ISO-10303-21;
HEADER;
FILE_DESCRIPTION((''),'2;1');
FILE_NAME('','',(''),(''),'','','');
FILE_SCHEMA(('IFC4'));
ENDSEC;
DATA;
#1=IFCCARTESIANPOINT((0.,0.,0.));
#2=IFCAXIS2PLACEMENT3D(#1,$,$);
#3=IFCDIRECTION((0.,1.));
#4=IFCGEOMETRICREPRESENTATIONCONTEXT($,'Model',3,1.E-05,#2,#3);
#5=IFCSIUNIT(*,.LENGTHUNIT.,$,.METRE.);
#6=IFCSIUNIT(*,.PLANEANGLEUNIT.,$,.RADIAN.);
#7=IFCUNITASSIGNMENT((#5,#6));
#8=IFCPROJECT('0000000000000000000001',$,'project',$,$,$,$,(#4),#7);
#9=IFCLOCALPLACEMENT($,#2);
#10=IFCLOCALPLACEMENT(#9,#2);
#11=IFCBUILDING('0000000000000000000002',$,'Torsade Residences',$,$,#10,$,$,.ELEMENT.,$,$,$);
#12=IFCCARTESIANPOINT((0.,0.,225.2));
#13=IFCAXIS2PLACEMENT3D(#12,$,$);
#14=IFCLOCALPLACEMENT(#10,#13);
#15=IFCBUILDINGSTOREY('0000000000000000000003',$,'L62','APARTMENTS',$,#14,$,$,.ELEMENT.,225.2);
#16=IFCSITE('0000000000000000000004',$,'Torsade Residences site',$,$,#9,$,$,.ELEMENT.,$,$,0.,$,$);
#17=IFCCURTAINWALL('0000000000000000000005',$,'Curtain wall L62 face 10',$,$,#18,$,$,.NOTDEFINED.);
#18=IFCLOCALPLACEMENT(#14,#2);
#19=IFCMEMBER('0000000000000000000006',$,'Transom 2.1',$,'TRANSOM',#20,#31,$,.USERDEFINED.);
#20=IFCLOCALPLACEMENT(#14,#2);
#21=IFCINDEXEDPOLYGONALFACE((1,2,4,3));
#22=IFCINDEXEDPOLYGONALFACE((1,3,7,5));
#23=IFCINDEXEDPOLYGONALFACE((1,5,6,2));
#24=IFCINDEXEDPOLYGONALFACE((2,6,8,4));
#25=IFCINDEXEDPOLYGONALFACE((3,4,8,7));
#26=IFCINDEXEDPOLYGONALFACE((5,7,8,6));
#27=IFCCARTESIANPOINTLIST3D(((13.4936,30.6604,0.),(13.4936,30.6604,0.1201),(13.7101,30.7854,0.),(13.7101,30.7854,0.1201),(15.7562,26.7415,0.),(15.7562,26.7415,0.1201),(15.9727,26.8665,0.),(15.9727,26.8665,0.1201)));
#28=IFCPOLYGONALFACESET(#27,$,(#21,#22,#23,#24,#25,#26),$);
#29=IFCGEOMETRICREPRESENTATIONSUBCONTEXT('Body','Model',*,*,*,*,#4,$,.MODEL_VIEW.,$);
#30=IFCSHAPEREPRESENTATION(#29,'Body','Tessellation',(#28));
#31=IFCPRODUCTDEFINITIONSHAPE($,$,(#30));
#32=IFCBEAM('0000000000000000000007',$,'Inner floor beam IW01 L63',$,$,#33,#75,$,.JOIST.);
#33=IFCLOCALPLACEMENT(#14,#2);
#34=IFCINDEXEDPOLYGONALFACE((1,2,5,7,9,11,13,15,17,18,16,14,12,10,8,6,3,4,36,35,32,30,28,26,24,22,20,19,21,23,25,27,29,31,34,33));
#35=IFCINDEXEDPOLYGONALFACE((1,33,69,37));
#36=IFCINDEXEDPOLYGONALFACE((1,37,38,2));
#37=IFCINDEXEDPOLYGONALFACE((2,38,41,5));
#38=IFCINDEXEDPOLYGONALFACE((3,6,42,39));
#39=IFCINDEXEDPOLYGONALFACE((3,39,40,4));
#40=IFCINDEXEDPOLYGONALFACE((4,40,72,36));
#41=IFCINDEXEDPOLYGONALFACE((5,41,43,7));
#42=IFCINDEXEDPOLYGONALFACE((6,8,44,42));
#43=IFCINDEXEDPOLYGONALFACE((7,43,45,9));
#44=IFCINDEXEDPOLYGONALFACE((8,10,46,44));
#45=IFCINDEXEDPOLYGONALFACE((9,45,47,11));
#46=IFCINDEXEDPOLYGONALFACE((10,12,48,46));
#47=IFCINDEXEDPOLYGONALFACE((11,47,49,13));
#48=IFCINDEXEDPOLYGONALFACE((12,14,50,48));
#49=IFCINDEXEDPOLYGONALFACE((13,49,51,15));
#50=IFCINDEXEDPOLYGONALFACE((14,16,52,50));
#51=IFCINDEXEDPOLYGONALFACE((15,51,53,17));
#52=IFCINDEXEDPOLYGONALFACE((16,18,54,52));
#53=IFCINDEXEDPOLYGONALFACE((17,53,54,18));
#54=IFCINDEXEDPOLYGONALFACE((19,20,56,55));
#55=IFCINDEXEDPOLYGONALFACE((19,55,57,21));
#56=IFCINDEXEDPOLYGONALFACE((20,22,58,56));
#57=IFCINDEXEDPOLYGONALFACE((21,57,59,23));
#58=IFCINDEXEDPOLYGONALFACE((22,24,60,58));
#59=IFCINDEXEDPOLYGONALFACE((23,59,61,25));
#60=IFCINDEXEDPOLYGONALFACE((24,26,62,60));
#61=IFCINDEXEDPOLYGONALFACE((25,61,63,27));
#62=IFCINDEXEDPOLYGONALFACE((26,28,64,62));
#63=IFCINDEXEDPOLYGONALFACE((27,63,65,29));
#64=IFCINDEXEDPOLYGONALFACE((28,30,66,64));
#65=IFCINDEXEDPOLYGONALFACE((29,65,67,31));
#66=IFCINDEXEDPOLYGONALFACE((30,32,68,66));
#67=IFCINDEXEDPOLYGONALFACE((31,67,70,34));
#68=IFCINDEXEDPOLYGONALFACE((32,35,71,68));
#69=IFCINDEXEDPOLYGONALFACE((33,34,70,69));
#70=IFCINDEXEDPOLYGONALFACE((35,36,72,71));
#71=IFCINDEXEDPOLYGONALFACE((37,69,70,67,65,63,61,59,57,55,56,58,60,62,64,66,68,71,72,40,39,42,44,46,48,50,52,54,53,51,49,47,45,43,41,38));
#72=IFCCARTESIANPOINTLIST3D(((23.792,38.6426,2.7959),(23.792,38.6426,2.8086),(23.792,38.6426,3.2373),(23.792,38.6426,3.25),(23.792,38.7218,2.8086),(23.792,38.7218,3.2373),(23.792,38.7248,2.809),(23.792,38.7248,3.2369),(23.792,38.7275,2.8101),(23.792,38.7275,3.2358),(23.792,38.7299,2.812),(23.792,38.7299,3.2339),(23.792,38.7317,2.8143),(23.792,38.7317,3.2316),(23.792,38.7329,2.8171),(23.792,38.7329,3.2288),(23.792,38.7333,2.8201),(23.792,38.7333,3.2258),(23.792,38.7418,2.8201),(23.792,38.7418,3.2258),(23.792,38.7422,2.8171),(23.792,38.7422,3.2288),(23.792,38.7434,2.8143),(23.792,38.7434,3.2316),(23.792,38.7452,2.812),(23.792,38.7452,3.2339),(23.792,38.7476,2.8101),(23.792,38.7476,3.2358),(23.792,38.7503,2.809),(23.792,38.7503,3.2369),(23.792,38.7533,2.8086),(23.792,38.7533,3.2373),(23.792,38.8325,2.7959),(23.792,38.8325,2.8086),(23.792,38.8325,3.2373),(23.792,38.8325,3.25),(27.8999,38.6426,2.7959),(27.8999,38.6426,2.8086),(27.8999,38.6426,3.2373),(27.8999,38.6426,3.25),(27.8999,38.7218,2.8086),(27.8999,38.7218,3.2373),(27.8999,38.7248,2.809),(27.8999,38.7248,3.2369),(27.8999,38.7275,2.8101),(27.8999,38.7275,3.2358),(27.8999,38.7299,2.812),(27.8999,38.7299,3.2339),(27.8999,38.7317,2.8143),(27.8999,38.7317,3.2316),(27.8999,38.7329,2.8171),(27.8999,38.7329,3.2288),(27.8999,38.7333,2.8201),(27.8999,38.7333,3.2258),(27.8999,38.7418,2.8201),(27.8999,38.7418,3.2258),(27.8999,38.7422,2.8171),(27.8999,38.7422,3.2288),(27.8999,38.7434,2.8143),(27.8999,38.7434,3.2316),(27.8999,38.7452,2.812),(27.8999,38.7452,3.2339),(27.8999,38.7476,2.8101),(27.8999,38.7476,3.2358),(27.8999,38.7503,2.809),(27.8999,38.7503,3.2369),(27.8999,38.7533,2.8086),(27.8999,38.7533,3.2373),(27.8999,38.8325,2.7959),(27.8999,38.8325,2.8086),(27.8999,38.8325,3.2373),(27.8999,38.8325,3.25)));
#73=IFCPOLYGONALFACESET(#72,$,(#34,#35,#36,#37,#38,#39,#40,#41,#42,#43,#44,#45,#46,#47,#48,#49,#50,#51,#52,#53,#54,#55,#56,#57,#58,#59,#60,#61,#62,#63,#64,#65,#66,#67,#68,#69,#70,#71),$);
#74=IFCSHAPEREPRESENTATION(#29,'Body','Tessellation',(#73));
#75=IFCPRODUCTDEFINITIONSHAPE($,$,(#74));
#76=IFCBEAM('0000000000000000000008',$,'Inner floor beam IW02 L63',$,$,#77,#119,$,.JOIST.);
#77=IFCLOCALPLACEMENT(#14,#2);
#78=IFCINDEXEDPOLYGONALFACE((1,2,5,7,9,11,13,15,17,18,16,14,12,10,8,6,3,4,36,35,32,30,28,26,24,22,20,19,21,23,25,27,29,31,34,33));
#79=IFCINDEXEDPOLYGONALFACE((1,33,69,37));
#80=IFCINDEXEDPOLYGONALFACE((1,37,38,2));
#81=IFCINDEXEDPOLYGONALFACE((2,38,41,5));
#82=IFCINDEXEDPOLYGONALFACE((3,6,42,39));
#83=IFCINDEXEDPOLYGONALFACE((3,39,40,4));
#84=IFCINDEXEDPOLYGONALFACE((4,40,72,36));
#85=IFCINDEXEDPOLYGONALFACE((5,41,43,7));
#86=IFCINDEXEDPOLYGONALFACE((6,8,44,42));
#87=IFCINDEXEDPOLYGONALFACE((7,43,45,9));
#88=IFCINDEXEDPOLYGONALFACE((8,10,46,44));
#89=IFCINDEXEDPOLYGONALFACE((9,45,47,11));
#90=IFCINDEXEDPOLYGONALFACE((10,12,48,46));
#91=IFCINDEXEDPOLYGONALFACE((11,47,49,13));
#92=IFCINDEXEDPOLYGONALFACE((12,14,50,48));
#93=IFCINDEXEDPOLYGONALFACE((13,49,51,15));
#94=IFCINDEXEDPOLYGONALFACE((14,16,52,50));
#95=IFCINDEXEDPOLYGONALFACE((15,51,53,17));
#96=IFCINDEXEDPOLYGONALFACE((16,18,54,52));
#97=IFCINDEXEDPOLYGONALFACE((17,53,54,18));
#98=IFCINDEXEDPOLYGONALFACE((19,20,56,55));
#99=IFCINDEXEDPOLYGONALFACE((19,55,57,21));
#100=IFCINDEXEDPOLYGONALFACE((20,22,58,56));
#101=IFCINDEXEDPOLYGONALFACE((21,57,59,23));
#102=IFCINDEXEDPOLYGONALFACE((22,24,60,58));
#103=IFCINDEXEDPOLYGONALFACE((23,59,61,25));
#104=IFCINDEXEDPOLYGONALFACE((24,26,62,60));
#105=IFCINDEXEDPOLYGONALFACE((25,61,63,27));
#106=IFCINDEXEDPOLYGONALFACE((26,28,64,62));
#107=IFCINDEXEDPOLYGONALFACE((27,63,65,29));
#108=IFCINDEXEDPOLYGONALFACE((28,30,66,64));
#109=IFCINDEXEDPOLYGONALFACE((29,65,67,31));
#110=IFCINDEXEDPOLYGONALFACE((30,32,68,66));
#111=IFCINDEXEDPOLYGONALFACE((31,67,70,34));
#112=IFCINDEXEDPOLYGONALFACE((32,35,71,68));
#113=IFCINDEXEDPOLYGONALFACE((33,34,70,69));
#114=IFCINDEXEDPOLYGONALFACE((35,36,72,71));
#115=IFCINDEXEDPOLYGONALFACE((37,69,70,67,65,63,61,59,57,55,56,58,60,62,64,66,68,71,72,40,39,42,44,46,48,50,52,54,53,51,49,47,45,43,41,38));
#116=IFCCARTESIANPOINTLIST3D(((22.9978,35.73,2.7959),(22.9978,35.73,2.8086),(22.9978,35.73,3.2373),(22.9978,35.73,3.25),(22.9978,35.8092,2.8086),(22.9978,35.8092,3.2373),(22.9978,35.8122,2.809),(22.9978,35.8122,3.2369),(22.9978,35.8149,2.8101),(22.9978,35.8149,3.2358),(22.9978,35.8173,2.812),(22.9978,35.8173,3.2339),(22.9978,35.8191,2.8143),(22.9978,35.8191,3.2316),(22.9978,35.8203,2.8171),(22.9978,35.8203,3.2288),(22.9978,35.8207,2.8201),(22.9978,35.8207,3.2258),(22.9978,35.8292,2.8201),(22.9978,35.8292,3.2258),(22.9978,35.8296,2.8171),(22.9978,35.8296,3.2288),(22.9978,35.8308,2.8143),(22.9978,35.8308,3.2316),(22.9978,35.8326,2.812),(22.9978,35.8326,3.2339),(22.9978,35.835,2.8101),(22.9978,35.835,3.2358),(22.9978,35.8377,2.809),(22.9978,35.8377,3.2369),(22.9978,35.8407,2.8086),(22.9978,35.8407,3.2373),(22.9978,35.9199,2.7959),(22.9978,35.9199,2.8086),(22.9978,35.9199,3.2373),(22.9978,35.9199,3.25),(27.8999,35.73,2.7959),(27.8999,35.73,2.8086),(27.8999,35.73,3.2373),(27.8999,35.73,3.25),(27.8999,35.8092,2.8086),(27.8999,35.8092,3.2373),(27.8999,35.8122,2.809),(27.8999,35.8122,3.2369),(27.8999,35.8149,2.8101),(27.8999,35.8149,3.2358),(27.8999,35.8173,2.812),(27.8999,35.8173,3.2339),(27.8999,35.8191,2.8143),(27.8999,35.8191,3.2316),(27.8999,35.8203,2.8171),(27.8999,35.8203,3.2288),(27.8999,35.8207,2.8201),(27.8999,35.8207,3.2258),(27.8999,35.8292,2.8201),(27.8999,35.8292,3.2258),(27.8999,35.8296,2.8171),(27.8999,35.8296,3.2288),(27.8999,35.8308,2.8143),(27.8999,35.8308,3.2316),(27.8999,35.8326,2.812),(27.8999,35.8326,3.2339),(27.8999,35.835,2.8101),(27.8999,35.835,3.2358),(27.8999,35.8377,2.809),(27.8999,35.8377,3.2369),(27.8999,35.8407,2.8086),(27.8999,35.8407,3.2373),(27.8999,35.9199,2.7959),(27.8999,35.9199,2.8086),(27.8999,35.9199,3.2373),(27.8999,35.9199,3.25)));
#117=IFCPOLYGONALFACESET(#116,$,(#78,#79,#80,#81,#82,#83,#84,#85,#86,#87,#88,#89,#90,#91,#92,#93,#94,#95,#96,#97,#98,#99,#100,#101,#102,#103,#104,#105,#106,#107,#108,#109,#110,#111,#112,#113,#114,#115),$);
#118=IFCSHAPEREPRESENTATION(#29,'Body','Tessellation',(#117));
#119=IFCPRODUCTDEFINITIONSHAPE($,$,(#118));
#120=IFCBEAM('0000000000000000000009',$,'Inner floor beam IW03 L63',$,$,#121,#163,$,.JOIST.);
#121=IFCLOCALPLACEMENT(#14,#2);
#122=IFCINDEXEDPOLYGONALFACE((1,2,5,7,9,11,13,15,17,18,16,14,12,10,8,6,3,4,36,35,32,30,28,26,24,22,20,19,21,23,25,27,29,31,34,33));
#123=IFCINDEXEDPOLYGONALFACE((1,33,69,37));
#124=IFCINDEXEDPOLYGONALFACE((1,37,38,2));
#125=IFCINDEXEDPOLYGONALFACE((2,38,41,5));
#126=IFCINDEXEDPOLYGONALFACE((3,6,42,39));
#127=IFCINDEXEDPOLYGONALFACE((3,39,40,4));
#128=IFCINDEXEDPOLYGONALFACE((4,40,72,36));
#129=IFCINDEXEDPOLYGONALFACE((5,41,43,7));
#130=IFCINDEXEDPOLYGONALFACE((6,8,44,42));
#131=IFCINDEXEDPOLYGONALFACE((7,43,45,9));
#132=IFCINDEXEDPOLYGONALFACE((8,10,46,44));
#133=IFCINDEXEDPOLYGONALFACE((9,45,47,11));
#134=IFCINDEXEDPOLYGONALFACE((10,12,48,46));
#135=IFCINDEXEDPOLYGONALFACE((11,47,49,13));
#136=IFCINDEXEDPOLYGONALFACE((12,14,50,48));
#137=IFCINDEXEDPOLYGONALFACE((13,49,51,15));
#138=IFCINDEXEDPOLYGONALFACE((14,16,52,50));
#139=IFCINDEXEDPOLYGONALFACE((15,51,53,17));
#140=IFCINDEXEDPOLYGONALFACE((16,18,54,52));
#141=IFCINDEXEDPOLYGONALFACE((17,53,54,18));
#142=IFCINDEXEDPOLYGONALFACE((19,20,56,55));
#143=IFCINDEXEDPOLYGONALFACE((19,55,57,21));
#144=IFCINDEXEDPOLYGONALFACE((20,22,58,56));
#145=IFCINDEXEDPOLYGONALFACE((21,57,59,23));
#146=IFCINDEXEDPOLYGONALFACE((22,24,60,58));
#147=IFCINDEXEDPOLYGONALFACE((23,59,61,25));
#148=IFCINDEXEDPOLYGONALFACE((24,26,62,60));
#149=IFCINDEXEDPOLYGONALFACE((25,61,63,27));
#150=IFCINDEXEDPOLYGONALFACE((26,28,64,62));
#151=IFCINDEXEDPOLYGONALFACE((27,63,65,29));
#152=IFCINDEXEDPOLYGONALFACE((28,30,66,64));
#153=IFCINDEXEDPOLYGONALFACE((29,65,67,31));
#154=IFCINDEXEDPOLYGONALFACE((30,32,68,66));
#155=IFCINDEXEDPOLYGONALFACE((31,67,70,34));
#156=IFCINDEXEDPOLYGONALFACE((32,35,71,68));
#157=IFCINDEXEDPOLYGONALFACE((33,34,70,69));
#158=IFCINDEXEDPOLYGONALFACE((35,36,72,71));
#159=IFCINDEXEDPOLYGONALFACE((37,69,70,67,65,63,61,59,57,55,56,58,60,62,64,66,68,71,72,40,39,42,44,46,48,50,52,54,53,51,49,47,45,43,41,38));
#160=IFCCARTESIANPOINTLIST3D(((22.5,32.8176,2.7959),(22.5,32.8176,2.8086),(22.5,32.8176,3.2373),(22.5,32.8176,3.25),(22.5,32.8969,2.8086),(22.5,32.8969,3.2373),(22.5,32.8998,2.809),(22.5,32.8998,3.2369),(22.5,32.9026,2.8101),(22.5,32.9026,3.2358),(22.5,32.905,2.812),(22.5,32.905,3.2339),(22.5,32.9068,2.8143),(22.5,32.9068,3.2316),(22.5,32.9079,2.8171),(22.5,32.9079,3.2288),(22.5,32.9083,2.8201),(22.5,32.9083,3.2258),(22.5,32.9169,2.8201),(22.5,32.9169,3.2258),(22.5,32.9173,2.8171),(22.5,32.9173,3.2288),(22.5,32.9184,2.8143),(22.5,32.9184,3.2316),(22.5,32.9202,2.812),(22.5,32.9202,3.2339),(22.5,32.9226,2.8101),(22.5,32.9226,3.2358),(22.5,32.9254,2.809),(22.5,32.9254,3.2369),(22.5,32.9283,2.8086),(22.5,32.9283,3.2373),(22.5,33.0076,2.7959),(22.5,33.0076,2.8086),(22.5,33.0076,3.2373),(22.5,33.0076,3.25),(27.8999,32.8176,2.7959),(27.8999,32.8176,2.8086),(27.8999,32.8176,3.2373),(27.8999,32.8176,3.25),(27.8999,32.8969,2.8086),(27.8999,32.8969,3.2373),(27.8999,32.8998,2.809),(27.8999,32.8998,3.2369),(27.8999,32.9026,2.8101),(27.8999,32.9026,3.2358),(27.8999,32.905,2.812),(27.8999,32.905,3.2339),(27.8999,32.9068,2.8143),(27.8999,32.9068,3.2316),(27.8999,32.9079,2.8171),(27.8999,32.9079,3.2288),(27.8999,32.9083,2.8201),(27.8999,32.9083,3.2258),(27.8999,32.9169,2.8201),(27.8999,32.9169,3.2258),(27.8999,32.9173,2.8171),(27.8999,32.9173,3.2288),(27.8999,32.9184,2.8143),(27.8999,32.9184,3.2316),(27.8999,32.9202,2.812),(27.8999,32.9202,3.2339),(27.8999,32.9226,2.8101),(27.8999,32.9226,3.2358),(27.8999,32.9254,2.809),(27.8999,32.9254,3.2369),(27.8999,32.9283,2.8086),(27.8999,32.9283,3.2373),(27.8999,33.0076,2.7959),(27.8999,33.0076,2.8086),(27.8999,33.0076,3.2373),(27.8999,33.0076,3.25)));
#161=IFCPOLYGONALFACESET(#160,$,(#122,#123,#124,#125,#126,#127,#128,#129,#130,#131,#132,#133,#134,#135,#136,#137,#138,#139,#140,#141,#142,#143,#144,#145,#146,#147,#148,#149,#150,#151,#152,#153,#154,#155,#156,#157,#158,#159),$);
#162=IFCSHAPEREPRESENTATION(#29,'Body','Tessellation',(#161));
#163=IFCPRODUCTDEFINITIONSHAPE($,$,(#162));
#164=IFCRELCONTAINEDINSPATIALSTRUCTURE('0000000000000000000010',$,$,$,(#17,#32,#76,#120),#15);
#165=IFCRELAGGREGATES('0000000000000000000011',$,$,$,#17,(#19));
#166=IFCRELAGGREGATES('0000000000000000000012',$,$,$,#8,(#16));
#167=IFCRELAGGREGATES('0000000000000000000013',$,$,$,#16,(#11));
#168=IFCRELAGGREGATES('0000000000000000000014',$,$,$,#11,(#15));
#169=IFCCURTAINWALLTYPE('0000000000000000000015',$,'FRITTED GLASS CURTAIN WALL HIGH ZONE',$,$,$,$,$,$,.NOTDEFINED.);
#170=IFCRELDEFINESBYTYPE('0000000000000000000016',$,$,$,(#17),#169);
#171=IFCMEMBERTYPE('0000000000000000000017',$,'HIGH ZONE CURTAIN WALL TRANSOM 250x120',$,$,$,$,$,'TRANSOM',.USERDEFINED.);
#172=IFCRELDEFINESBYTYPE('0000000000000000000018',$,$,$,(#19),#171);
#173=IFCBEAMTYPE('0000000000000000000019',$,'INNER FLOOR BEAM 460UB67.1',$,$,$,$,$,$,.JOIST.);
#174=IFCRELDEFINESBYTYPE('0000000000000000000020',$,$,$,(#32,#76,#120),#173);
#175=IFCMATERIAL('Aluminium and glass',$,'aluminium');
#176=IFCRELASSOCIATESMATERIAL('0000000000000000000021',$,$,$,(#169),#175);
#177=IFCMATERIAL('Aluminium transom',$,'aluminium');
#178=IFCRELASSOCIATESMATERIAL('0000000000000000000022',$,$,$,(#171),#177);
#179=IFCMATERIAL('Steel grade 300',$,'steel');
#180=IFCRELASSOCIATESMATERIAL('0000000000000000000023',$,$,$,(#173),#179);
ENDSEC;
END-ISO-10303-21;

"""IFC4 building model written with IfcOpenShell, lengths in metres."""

from ifc_helpers import new_model, si_unit, direction, frame, origin, origin_2d, place, context, subcontext, project, spatial, rectangle, i_section, extrude, material, material_profile, profile_set, type_object, element, aggregate, save


model = new_model("IFC4")

# Units and contexts
model_context = context("Model", 3, precision=1e-05, world=origin(), true_north=direction((0.0, 1.0)))
body_context = subcontext(model_context, "Body", "Model", "MODEL_VIEW")
ifc_project = project(units=[si_unit("LENGTHUNIT", "METRE"), si_unit("PLANEANGLEUNIT", "RADIAN")], contexts=[model_context])

# Site, building, storey
site_placement = place(None, origin())
site = spatial("IfcSite", under=ifc_project, at=site_placement, Name="Torsade Residences site", CompositionType="ELEMENT", RefElevation=0.0)
building_placement = place(site_placement, origin())
building = spatial("IfcBuilding", under=site, at=building_placement, Name="Torsade Residences", CompositionType="ELEMENT")
storey_placement = place(building_placement, frame((0.0, 0.0, 225.2)))
storey = spatial("IfcBuildingStorey", under=building, at=storey_placement, Name="L62", Description="APARTMENTS", CompositionType="ELEMENT", Elevation=225.2)

# Curtain wall, member
ifc_material_1 = material(Name="Aluminium and glass", Category="aluminium")
curtain_wall_type = type_object("IfcCurtainWallType", Name="FRITTED GLASS CURTAIN WALL HIGH ZONE", PredefinedType="NOTDEFINED", material=ifc_material_1)
curtain_wall_placement = place(storey_placement, origin())
curtain_wall = element("IfcCurtainWall", 1, at=curtain_wall_placement, inside=storey, type_object=curtain_wall_type, Name="Curtain wall L62 face 10", PredefinedType="NOTDEFINED")
ifc_material_2 = material(Name="Aluminium transom", Category="aluminium")
ifc_material_profile_1 = material_profile(ifc_material_2, rectangle(XDim=0.25, YDim=0.1201, at=origin_2d()), Name="HIGH ZONE CURTAIN WALL TRANSOM 250x120")
ifc_profile_set_1 = profile_set([ifc_material_profile_1], Name="Aluminium transom")
member_type_1 = type_object("IfcMemberType", Name="HIGH ZONE CURTAIN WALL TRANSOM 250x120", ElementType="TRANSOM", PredefinedType="USERDEFINED", material=ifc_profile_set_1)
member_1_placement = place(storey_placement, frame((13.6018, 30.7229, 0.0601), z_axis=(0.500015, -0.866017, 0.0), x_axis=(0.866017, 0.500015, 0.0)))
member_1 = element("IfcMember", 2, at=member_1_placement, type_object=member_type_1, Name="Transom 2.1", ObjectType="TRANSOM", PredefinedType="USERDEFINED", context=body_context, shape_type="SweptSolid", body=[
    extrude(rectangle(XDim=0.25, YDim=0.1201, at=origin_2d()), origin(), (0.0, 0.0, 1.0), 4.5251),
])

# Beams
ifc_material_3 = material(Name="Steel grade 300", Category="steel")
ifc_material_profile_2 = material_profile(ifc_material_3, i_section(OverallWidth=0.1899, OverallDepth=0.4541, WebThickness=0.0085, FlangeThickness=0.0127, FilletRadius=0.0115, at=origin_2d()), Name="460UB67.1")
ifc_profile_set_2 = profile_set([ifc_material_profile_2], Name="Steel grade 300")
beam_type_1 = type_object("IfcBeamType", Name="INNER FLOOR BEAM 460UB67.1", PredefinedType="JOIST", material=ifc_profile_set_2)
beam_1_placement = place(storey_placement, frame((27.8999, 38.7375, 3.0229), z_axis=(-1.0, 0.0, 0.0), x_axis=(0.0, -1.0, 0.0)))
element("IfcBeam", 3, at=beam_1_placement, inside=storey, type_object=beam_type_1, Name="Inner floor beam IW01 L63", PredefinedType="JOIST", context=body_context, shape_type="SweptSolid", body=[
    extrude(i_section(OverallWidth=0.1899, OverallDepth=0.4541, WebThickness=0.0085, FlangeThickness=0.0127, FilletRadius=0.0115, at=origin_2d()), origin(), (0.0, 0.0, 1.0), 4.1079),
])
beam_2_placement = place(storey_placement, frame((27.8999, 35.825, 3.0229), z_axis=(-1.0, 0.0, 0.0), x_axis=(0.0, -1.0, 0.0)))
element("IfcBeam", 4, at=beam_2_placement, inside=storey, type_object=beam_type_1, Name="Inner floor beam IW02 L63", PredefinedType="JOIST", context=body_context, shape_type="SweptSolid", body=[
    extrude(i_section(OverallWidth=0.1899, OverallDepth=0.4541, WebThickness=0.0085, FlangeThickness=0.0127, FilletRadius=0.0115, at=origin_2d()), origin(), (0.0, 0.0, 1.0), 4.9021),
])
for number, where, z_axis, x_axis, name in (
    (5, (27.8999, 32.9126, 3.0229), (-1.0, 0.0, 0.0), (0.0, -1.0, 0.0), "Inner floor beam IW03 L63"),
):
    element("IfcBeam", number, at=place(storey_placement, frame(where, z_axis=z_axis, x_axis=x_axis)), inside=storey, type_object=beam_type_1, Name=name, PredefinedType="JOIST", context=body_context, shape_type="SweptSolid", body=[
        extrude(i_section(OverallWidth=0.1899, OverallDepth=0.4541, WebThickness=0.0085, FlangeThickness=0.0127, FilletRadius=0.0115, at=origin_2d()), origin(), (0.0, 0.0, 1.0), 5.3999),
    ])

aggregate(curtain_wall, [member_1])

save(model, "model.ifc")
